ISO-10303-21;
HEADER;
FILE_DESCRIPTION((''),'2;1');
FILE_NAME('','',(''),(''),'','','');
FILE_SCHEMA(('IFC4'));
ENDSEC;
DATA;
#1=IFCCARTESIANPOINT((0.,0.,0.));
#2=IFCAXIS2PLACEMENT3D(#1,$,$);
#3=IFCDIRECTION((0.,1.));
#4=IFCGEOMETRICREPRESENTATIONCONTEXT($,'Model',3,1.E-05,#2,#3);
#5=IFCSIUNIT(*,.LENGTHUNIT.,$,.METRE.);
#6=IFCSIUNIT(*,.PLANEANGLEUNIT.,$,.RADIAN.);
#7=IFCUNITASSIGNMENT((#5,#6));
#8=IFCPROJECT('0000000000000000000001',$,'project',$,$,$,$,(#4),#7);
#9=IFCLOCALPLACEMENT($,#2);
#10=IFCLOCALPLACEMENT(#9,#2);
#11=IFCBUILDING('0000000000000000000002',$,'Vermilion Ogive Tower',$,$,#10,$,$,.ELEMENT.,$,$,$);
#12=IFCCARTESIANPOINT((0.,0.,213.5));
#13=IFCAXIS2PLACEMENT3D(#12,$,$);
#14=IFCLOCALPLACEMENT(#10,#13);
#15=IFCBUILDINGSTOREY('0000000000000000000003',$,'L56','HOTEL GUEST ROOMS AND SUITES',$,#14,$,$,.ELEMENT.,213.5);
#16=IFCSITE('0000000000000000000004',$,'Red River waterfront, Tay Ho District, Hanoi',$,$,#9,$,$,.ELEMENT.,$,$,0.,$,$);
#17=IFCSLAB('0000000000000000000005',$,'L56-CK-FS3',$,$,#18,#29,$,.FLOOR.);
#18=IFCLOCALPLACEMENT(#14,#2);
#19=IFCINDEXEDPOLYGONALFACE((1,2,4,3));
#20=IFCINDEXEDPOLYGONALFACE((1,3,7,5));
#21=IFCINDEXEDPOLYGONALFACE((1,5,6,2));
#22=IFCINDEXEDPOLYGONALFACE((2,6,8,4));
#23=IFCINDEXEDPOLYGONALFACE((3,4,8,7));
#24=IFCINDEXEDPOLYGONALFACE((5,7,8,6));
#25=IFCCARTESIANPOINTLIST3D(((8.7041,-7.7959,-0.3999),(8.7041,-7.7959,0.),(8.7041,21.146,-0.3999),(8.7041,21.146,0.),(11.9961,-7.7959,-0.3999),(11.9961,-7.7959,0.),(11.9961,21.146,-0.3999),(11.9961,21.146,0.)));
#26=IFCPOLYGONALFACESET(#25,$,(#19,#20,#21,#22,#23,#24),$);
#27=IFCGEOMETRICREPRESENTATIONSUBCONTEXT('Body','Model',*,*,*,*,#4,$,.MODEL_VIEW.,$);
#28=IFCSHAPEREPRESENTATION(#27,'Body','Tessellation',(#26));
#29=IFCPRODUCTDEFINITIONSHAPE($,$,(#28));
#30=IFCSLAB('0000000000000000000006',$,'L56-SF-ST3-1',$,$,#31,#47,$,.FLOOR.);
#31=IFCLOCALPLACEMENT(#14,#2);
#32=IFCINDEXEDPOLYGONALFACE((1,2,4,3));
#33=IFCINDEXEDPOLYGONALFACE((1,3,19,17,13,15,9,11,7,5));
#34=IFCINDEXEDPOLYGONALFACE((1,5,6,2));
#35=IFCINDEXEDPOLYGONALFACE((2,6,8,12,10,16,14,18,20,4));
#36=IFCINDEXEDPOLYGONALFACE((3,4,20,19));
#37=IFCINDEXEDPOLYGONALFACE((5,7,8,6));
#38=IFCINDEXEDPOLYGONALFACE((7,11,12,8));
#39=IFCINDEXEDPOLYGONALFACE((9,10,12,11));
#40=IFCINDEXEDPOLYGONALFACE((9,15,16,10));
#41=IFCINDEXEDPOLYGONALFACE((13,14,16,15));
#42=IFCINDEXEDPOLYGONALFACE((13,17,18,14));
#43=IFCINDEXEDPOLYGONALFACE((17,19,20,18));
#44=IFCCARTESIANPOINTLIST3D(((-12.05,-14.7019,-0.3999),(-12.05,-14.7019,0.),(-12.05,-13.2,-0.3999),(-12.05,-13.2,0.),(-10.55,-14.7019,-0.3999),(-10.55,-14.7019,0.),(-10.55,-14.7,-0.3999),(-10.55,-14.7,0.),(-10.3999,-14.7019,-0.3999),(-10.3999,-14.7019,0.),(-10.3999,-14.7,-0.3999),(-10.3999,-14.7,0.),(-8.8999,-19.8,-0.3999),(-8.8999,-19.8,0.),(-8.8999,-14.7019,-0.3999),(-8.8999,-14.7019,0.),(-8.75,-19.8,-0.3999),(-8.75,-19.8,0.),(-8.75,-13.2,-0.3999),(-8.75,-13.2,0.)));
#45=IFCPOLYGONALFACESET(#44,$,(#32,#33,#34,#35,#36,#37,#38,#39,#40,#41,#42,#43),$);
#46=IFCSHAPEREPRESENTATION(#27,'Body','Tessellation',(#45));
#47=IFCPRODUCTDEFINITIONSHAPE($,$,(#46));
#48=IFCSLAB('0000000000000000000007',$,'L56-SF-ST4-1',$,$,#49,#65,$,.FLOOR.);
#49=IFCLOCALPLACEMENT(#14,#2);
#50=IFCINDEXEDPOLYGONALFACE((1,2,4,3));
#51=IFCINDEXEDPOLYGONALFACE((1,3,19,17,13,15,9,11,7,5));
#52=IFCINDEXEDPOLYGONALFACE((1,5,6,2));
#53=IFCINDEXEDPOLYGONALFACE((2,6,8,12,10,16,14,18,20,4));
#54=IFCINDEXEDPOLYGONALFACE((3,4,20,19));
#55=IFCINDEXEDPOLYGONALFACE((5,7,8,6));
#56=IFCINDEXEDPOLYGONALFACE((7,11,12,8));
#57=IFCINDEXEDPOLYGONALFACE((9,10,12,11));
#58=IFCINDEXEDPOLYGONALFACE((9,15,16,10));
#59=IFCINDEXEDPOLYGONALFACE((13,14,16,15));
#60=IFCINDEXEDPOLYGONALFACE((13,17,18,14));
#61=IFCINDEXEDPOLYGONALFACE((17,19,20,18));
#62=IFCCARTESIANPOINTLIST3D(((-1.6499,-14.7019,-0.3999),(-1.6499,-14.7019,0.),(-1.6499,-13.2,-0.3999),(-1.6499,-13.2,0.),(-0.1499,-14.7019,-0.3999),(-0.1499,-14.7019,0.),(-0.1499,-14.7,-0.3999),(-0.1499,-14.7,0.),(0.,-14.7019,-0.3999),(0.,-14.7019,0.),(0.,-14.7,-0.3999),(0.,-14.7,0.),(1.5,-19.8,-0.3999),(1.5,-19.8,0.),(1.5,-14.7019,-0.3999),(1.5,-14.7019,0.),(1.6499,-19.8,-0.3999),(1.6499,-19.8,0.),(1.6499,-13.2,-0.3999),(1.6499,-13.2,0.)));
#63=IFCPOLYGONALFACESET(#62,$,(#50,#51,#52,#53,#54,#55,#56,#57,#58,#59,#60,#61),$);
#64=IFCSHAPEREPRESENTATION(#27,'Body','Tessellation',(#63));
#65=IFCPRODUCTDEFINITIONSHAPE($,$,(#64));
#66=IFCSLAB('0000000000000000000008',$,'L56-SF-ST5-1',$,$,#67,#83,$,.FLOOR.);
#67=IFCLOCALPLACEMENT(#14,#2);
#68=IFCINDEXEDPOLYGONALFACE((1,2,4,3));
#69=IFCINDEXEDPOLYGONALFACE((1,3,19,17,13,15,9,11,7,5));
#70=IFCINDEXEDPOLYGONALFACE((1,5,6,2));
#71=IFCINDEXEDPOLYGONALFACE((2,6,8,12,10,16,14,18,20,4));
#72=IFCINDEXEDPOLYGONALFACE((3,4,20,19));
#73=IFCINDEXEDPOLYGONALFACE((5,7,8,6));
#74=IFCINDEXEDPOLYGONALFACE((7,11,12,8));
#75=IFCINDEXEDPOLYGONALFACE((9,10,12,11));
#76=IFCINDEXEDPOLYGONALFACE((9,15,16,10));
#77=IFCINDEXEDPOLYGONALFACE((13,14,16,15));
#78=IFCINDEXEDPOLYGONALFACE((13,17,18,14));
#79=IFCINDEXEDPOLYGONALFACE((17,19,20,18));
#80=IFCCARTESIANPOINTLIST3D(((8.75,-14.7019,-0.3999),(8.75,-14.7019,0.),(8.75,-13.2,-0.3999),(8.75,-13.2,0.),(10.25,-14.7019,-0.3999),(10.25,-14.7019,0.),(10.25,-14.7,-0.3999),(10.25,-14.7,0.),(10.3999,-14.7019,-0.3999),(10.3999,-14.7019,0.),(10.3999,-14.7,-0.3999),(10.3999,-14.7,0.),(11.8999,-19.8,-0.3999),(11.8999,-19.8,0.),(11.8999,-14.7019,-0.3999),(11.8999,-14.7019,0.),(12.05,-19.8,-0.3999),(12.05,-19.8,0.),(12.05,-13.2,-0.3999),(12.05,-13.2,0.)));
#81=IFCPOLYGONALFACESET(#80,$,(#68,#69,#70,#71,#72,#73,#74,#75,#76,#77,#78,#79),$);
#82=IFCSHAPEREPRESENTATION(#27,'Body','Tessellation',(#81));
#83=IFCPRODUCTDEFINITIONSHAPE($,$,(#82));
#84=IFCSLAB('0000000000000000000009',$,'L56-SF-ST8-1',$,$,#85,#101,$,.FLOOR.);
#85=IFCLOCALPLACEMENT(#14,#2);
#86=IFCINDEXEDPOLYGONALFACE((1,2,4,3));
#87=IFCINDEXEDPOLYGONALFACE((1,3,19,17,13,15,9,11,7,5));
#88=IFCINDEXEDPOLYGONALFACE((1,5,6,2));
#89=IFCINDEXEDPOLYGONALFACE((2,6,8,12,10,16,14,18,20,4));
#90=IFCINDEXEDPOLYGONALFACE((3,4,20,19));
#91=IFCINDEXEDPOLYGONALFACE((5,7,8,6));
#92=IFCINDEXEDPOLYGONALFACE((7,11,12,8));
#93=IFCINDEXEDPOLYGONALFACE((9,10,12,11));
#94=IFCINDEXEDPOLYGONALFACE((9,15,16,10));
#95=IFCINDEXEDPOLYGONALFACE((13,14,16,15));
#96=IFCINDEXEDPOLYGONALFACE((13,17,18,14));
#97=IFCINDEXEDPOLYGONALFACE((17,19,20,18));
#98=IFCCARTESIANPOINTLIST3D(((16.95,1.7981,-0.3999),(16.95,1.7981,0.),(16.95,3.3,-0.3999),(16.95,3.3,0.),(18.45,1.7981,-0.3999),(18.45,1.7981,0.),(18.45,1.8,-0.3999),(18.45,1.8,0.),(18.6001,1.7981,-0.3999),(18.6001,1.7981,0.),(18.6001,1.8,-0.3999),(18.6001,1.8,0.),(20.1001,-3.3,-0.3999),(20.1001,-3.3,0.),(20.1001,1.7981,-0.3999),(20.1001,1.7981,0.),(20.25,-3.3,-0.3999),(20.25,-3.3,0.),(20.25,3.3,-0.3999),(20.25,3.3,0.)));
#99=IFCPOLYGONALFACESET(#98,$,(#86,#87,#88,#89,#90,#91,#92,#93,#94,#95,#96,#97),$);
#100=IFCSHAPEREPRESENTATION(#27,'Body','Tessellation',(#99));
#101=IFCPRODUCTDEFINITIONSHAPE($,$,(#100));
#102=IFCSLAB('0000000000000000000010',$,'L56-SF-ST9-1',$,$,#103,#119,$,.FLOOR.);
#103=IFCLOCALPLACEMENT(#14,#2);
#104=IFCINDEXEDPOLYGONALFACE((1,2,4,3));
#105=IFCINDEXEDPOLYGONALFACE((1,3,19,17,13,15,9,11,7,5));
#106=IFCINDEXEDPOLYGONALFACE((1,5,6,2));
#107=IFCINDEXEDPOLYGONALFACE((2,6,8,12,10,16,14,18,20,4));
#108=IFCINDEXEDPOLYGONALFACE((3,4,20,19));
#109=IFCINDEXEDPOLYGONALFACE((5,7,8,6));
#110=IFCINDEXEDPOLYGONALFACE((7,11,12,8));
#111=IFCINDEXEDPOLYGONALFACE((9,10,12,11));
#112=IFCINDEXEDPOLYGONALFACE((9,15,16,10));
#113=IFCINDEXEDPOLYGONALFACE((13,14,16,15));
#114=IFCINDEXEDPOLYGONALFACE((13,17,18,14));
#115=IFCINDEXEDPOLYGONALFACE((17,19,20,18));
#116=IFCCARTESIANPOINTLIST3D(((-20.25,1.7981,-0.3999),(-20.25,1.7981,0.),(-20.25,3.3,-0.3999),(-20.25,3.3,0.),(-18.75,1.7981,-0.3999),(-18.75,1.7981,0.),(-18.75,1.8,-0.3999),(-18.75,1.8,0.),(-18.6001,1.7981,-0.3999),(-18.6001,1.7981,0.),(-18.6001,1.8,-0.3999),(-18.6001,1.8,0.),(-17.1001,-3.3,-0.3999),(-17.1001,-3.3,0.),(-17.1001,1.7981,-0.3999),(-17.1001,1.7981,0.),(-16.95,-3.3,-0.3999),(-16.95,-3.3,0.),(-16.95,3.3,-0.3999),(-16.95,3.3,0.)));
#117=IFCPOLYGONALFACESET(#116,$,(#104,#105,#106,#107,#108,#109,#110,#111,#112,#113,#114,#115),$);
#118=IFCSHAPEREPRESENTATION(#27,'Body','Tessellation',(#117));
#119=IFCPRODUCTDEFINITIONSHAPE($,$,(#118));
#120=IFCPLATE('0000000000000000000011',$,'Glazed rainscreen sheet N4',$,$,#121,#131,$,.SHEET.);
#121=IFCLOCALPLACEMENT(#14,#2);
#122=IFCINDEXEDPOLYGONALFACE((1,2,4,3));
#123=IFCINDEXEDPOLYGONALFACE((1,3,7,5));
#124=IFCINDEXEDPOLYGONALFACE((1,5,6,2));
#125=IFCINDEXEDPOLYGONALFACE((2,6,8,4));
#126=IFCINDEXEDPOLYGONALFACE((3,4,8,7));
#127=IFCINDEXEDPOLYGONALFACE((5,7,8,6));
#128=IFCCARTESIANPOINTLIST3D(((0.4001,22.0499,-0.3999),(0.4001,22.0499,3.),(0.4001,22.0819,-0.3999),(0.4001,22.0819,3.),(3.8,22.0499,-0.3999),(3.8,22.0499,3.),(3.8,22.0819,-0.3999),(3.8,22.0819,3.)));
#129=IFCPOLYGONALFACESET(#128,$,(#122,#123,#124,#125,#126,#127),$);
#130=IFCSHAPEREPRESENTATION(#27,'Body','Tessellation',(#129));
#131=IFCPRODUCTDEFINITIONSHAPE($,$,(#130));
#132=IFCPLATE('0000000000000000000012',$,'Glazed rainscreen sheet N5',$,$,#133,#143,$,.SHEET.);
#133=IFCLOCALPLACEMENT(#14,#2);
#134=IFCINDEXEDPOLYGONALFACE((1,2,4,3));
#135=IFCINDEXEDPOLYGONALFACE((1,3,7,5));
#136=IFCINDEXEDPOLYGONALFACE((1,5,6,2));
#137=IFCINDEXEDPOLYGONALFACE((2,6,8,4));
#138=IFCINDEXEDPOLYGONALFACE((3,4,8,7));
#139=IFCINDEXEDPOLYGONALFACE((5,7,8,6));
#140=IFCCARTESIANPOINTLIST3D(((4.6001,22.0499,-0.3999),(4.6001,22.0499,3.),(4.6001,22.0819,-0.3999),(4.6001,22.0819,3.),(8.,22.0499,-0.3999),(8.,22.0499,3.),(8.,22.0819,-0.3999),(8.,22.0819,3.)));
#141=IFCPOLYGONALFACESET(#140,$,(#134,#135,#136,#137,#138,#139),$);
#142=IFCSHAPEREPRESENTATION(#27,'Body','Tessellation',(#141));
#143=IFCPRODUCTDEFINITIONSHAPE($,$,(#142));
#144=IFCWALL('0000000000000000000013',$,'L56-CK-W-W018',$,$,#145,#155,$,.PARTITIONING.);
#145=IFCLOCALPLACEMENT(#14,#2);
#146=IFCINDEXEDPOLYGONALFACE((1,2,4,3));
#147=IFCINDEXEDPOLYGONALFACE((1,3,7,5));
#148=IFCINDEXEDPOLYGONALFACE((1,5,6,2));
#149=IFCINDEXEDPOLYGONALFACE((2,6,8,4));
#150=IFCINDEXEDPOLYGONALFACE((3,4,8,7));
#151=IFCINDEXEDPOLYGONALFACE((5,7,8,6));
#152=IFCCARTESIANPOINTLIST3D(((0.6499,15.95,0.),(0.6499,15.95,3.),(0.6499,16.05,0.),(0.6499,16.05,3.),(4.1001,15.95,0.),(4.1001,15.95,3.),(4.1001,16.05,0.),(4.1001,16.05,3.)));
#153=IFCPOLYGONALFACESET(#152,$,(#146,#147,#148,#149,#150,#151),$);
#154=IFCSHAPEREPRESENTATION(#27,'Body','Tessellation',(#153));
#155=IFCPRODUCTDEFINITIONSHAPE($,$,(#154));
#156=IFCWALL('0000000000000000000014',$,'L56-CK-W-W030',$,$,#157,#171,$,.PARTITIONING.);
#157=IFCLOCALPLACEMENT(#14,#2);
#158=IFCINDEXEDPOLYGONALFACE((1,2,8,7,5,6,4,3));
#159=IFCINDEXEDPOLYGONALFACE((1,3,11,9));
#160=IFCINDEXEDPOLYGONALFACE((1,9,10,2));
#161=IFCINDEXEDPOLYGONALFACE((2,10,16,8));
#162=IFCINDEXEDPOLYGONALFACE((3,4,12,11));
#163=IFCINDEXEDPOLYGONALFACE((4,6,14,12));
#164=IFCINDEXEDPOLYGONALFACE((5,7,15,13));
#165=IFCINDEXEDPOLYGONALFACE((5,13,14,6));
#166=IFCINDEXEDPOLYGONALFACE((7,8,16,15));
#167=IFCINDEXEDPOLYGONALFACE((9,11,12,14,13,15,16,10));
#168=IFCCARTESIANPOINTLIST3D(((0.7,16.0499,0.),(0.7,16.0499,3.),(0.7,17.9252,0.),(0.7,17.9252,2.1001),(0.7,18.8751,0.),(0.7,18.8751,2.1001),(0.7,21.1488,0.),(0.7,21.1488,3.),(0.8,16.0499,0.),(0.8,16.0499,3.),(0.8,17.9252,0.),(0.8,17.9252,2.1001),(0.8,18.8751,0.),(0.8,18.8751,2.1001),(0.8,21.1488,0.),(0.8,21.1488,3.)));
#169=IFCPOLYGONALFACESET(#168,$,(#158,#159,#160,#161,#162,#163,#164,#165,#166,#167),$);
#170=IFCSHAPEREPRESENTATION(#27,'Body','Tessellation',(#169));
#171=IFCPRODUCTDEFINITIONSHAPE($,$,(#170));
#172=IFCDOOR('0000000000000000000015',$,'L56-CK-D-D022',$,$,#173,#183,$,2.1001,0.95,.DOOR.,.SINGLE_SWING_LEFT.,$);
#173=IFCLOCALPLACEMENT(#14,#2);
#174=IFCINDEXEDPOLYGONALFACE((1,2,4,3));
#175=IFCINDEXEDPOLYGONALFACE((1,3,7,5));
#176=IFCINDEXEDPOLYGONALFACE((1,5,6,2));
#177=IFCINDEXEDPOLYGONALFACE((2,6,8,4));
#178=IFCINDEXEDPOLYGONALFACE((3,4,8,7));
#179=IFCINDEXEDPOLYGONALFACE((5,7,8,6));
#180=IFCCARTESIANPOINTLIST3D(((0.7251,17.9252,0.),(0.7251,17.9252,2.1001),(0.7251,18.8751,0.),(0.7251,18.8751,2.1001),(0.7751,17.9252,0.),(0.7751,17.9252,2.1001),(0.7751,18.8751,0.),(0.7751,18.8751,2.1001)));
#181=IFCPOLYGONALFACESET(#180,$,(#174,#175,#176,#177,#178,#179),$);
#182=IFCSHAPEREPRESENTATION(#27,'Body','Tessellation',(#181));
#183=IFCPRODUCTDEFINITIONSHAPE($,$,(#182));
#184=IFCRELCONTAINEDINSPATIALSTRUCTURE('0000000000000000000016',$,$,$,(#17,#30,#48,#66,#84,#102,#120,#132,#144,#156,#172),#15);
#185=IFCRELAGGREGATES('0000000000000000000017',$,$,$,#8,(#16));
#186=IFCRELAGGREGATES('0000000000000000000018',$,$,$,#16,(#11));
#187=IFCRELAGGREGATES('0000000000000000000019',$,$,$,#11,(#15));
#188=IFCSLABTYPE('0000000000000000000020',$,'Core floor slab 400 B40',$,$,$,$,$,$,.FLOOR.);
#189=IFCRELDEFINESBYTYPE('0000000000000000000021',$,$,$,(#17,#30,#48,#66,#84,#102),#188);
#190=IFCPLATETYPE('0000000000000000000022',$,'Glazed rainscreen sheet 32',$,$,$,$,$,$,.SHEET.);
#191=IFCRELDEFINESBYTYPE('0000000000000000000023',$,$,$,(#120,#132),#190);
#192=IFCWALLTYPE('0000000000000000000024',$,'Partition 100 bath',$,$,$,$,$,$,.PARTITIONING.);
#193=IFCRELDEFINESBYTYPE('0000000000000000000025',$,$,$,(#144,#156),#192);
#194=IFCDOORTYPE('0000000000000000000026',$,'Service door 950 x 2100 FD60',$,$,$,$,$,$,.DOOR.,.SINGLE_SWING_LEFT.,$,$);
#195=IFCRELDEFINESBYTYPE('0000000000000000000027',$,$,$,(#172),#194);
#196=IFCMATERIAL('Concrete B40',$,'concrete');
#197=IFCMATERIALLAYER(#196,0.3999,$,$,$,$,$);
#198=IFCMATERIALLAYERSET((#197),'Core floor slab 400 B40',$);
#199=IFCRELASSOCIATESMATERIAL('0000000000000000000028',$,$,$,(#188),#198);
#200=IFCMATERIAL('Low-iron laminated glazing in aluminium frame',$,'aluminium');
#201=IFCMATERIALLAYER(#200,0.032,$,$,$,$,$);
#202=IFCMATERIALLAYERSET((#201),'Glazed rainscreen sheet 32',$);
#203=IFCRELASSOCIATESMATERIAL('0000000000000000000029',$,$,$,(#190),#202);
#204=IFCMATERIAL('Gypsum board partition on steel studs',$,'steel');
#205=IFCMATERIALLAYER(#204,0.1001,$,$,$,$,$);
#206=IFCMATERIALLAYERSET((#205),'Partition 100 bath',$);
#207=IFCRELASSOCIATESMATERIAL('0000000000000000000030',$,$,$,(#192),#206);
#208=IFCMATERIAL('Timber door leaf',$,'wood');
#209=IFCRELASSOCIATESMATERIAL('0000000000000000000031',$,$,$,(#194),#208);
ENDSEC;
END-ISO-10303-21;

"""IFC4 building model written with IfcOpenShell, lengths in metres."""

from ifc_helpers import new_model, si_unit, direction, frame, frame_2d, origin, origin_2d, place, context, subcontext, project, spatial, polyline, rectangle, outline, extrude, material, layer, layer_set, type_object, element, fill, save


model = new_model("IFC4")

# Units and contexts
model_context = context("Model", 3, precision=1e-05, world=origin(), true_north=direction((0.0, 1.0)))
body_context = subcontext(model_context, "Body", "Model", "MODEL_VIEW")
ifc_project = project(units=[si_unit("LENGTHUNIT", "METRE"), si_unit("PLANEANGLEUNIT", "RADIAN")], contexts=[model_context])

# Site, building, storey
site_placement = place(None, origin())
site = spatial("IfcSite", under=ifc_project, at=site_placement, Name="Red River waterfront, Tay Ho District, Hanoi", CompositionType="ELEMENT", RefElevation=0.0)
building_placement = place(site_placement, origin())
building = spatial("IfcBuilding", under=site, at=building_placement, Name="Vermilion Ogive Tower", CompositionType="ELEMENT")
storey_placement = place(building_placement, frame((0.0, 0.0, 213.5)))
storey = spatial("IfcBuildingStorey", under=building, at=storey_placement, Name="L56", Description="HOTEL GUEST ROOMS AND SUITES", CompositionType="ELEMENT", Elevation=213.5)

# Slabs
ifc_material_1 = material(Name="Concrete B40", Category="concrete")
ifc_layer_1 = layer(ifc_material_1, 0.3999)
ifc_layer_set_1 = layer_set([ifc_layer_1], Name="Core floor slab 400 B40")
slab_type = type_object("IfcSlabType", Name="Core floor slab 400 B40", PredefinedType="FLOOR", material=ifc_layer_set_1)
slab_1_placement = place(storey_placement, frame((0.0, 0.0, -0.3999)))
element("IfcSlab", 1, at=slab_1_placement, inside=storey, type_object=slab_type, Name="L56-CK-FS3", PredefinedType="FLOOR", context=body_context, shape_type="SweptSolid", body=[
    extrude(outline(polyline([(11.9961, 21.146), (11.9961, -7.7959), (8.7041, -7.7959), (8.7041, 21.146), (11.9961, 21.146)])), origin(), (0.0, 0.0, 1.0), 0.3999),
])
slab_2_placement = place(storey_placement, frame((0.0, 0.0, -0.3999)))
element("IfcSlab", 2, at=slab_2_placement, inside=storey, type_object=slab_type, Name="L56-SF-ST3-1", PredefinedType="FLOOR", context=body_context, shape_type="SweptSolid", body=[
    extrude(outline(polyline([(-12.05, -13.2), (-12.05, -14.7019), (-10.55, -14.7019), (-10.55, -14.7), (-10.3999, -14.7), (-10.3999, -14.7019), (-8.8999, -14.7019), (-8.8999, -19.8), (-8.75, -19.8), (-8.75, -13.2), (-12.05, -13.2)])), origin(), (0.0, 0.0, 1.0), 0.3999),
])
slab_3_placement = place(storey_placement, frame((0.0, 0.0, -0.3999)))
element("IfcSlab", 3, at=slab_3_placement, inside=storey, type_object=slab_type, Name="L56-SF-ST4-1", PredefinedType="FLOOR", context=body_context, shape_type="SweptSolid", body=[
    extrude(outline(polyline([(-1.6499, -13.2), (-1.6499, -14.7019), (-0.1499, -14.7019), (-0.1499, -14.7), (0.0, -14.7), (0.0, -14.7019), (1.5, -14.7019), (1.5, -19.8), (1.6499, -19.8), (1.6499, -13.2), (-1.6499, -13.2)])), origin(), (0.0, 0.0, 1.0), 0.3999),
])
slab_4_placement = place(storey_placement, frame((0.0, 0.0, -0.3999)))
element("IfcSlab", 4, at=slab_4_placement, inside=storey, type_object=slab_type, Name="L56-SF-ST5-1", PredefinedType="FLOOR", context=body_context, shape_type="SweptSolid", body=[
    extrude(outline(polyline([(8.75, -13.2), (8.75, -14.7019), (10.25, -14.7019), (10.25, -14.7), (10.3999, -14.7), (10.3999, -14.7019), (11.8999, -14.7019), (11.8999, -19.8), (12.05, -19.8), (12.05, -13.2), (8.75, -13.2)])), origin(), (0.0, 0.0, 1.0), 0.3999),
])
slab_5_placement = place(storey_placement, frame((0.0, 0.0, -0.3999)))
element("IfcSlab", 5, at=slab_5_placement, inside=storey, type_object=slab_type, Name="L56-SF-ST8-1", PredefinedType="FLOOR", context=body_context, shape_type="SweptSolid", body=[
    extrude(outline(polyline([(16.95, 3.3), (16.95, 1.7981), (18.45, 1.7981), (18.45, 1.8), (18.6001, 1.8), (18.6001, 1.7981), (20.1001, 1.7981), (20.1001, -3.3), (20.25, -3.3), (20.25, 3.3), (16.95, 3.3)])), origin(), (0.0, 0.0, 1.0), 0.3999),
])
slab_6_placement = place(storey_placement, frame((0.0, 0.0, -0.3999)))
element("IfcSlab", 6, at=slab_6_placement, inside=storey, type_object=slab_type, Name="L56-SF-ST9-1", PredefinedType="FLOOR", context=body_context, shape_type="SweptSolid", body=[
    extrude(outline(polyline([(-20.25, 3.3), (-20.25, 1.7981), (-18.75, 1.7981), (-18.75, 1.8), (-18.6001, 1.8), (-18.6001, 1.7981), (-17.1001, 1.7981), (-17.1001, -3.3), (-16.95, -3.3), (-16.95, 3.3), (-20.25, 3.3)])), origin(), (0.0, 0.0, 1.0), 0.3999),
])

# Plates
ifc_material_2 = material(Name="Low-iron laminated glazing in aluminium frame", Category="aluminium")
ifc_layer_2 = layer(ifc_material_2, 0.032)
ifc_layer_set_2 = layer_set([ifc_layer_2], Name="Glazed rainscreen sheet 32")
plate_type = type_object("IfcPlateType", Name="Glazed rainscreen sheet 32", PredefinedType="SHEET", material=ifc_layer_set_2)
for number, where, z_axis, x_axis, name in (
    (7, (2.1001, 22.0659, -0.3999), (0.0, 0.0, 1.0), (1.0, 0.0, 0.0), "Glazed rainscreen sheet N4"),
    (8, (6.3, 22.0659, -0.3999), (0.0, 0.0, 1.0), (1.0, 0.0, 0.0), "Glazed rainscreen sheet N5"),
):
    element("IfcPlate", number, at=place(storey_placement, frame(where, z_axis=z_axis, x_axis=x_axis)), inside=storey, type_object=plate_type, Name=name, PredefinedType="SHEET", context=body_context, shape_type="SweptSolid", body=[
        extrude(rectangle(XDim=3.3999, YDim=0.032, at=origin_2d()), origin(), (0.0, 0.0, 1.0), 3.3999),
    ])

# Wall
ifc_material_3 = material(Name="Gypsum board partition on steel studs", Category="steel")
ifc_layer_3 = layer(ifc_material_3, 0.1001)
ifc_layer_set_3 = layer_set([ifc_layer_3], Name="Partition 100 bath")
wall_type_1 = type_object("IfcWallType", Name="Partition 100 bath", PredefinedType="PARTITIONING", material=ifc_layer_set_3)
wall_1_placement = place(storey_placement, frame((0.6499, 16.0, 0.0), z_axis=(0.0, 0.0, 1.0), x_axis=(1.0, 0.0, 0.0)))
element("IfcWall", 9, at=wall_1_placement, inside=storey, type_object=wall_type_1, Name="L56-CK-W-W018", PredefinedType="PARTITIONING", context=body_context, shape_type="SweptSolid", body=[
    extrude(rectangle(XDim=3.4502, YDim=0.1001, at=frame_2d((1.7251, 0.0))), origin(), (0.0, 0.0, 1.0), 3.0),
])

# Wall, opening, door
wall_2_placement = place(storey_placement, frame((0.75, 16.05, 0.0), z_axis=(0.0, 0.0, 1.0), x_axis=(0.0, 1.0, 0.0)))
wall_2 = element("IfcWall", 10, at=wall_2_placement, inside=storey, type_object=wall_type_1, Name="L56-CK-W-W030", PredefinedType="PARTITIONING", context=body_context, shape_type="SweptSolid", body=[
    extrude(rectangle(XDim=5.0989, YDim=0.1001, at=frame_2d((2.5493, 0.0))), origin(), (0.0, 0.0, 1.0), 3.0),
])
opening_1_placement = place(wall_2_placement, frame((1.875, 0.0, 0.0)))
opening_1 = element("IfcOpeningElement", 11, at=opening_1_placement, cuts=wall_2, PredefinedType="OPENING", context=body_context, shape_type="SweptSolid", body=[
    extrude(rectangle(XDim=0.95, YDim=2.1001, at=frame_2d((0.4751, 1.05))), frame((0.0, 0.0601, 0.0), z_axis=(0.0, -1.0, 0.0), x_axis=(1.0, 0.0, 0.0)), (0.0, 0.0, 1.0), 0.1201),
])
ifc_material_4 = material(Name="Timber door leaf", Category="wood")
door_type_1 = type_object("IfcDoorType", Name="Service door 950 x 2100 FD60", OperationType="SINGLE_SWING_LEFT", PredefinedType="DOOR", material=ifc_material_4)
door_1_placement = place(opening_1_placement, origin())
door_1 = element("IfcDoor", 12, at=door_1_placement, inside=storey, type_object=door_type_1, Name="L56-CK-D-D022", OperationType="SINGLE_SWING_LEFT", OverallHeight=2.1001, OverallWidth=0.95, PredefinedType="DOOR", context=body_context, shape_type="SweptSolid", body=[
    extrude(rectangle(XDim=0.95, YDim=2.1001, at=frame_2d((0.4751, 1.05))), frame((0.0, 0.0249, 0.0), z_axis=(0.0, -1.0, 0.0), x_axis=(1.0, 0.0, 0.0)), (0.0, 0.0, 1.0), 0.05),
])
fill(opening_1, door_1)

save(model, "model.ifc")
